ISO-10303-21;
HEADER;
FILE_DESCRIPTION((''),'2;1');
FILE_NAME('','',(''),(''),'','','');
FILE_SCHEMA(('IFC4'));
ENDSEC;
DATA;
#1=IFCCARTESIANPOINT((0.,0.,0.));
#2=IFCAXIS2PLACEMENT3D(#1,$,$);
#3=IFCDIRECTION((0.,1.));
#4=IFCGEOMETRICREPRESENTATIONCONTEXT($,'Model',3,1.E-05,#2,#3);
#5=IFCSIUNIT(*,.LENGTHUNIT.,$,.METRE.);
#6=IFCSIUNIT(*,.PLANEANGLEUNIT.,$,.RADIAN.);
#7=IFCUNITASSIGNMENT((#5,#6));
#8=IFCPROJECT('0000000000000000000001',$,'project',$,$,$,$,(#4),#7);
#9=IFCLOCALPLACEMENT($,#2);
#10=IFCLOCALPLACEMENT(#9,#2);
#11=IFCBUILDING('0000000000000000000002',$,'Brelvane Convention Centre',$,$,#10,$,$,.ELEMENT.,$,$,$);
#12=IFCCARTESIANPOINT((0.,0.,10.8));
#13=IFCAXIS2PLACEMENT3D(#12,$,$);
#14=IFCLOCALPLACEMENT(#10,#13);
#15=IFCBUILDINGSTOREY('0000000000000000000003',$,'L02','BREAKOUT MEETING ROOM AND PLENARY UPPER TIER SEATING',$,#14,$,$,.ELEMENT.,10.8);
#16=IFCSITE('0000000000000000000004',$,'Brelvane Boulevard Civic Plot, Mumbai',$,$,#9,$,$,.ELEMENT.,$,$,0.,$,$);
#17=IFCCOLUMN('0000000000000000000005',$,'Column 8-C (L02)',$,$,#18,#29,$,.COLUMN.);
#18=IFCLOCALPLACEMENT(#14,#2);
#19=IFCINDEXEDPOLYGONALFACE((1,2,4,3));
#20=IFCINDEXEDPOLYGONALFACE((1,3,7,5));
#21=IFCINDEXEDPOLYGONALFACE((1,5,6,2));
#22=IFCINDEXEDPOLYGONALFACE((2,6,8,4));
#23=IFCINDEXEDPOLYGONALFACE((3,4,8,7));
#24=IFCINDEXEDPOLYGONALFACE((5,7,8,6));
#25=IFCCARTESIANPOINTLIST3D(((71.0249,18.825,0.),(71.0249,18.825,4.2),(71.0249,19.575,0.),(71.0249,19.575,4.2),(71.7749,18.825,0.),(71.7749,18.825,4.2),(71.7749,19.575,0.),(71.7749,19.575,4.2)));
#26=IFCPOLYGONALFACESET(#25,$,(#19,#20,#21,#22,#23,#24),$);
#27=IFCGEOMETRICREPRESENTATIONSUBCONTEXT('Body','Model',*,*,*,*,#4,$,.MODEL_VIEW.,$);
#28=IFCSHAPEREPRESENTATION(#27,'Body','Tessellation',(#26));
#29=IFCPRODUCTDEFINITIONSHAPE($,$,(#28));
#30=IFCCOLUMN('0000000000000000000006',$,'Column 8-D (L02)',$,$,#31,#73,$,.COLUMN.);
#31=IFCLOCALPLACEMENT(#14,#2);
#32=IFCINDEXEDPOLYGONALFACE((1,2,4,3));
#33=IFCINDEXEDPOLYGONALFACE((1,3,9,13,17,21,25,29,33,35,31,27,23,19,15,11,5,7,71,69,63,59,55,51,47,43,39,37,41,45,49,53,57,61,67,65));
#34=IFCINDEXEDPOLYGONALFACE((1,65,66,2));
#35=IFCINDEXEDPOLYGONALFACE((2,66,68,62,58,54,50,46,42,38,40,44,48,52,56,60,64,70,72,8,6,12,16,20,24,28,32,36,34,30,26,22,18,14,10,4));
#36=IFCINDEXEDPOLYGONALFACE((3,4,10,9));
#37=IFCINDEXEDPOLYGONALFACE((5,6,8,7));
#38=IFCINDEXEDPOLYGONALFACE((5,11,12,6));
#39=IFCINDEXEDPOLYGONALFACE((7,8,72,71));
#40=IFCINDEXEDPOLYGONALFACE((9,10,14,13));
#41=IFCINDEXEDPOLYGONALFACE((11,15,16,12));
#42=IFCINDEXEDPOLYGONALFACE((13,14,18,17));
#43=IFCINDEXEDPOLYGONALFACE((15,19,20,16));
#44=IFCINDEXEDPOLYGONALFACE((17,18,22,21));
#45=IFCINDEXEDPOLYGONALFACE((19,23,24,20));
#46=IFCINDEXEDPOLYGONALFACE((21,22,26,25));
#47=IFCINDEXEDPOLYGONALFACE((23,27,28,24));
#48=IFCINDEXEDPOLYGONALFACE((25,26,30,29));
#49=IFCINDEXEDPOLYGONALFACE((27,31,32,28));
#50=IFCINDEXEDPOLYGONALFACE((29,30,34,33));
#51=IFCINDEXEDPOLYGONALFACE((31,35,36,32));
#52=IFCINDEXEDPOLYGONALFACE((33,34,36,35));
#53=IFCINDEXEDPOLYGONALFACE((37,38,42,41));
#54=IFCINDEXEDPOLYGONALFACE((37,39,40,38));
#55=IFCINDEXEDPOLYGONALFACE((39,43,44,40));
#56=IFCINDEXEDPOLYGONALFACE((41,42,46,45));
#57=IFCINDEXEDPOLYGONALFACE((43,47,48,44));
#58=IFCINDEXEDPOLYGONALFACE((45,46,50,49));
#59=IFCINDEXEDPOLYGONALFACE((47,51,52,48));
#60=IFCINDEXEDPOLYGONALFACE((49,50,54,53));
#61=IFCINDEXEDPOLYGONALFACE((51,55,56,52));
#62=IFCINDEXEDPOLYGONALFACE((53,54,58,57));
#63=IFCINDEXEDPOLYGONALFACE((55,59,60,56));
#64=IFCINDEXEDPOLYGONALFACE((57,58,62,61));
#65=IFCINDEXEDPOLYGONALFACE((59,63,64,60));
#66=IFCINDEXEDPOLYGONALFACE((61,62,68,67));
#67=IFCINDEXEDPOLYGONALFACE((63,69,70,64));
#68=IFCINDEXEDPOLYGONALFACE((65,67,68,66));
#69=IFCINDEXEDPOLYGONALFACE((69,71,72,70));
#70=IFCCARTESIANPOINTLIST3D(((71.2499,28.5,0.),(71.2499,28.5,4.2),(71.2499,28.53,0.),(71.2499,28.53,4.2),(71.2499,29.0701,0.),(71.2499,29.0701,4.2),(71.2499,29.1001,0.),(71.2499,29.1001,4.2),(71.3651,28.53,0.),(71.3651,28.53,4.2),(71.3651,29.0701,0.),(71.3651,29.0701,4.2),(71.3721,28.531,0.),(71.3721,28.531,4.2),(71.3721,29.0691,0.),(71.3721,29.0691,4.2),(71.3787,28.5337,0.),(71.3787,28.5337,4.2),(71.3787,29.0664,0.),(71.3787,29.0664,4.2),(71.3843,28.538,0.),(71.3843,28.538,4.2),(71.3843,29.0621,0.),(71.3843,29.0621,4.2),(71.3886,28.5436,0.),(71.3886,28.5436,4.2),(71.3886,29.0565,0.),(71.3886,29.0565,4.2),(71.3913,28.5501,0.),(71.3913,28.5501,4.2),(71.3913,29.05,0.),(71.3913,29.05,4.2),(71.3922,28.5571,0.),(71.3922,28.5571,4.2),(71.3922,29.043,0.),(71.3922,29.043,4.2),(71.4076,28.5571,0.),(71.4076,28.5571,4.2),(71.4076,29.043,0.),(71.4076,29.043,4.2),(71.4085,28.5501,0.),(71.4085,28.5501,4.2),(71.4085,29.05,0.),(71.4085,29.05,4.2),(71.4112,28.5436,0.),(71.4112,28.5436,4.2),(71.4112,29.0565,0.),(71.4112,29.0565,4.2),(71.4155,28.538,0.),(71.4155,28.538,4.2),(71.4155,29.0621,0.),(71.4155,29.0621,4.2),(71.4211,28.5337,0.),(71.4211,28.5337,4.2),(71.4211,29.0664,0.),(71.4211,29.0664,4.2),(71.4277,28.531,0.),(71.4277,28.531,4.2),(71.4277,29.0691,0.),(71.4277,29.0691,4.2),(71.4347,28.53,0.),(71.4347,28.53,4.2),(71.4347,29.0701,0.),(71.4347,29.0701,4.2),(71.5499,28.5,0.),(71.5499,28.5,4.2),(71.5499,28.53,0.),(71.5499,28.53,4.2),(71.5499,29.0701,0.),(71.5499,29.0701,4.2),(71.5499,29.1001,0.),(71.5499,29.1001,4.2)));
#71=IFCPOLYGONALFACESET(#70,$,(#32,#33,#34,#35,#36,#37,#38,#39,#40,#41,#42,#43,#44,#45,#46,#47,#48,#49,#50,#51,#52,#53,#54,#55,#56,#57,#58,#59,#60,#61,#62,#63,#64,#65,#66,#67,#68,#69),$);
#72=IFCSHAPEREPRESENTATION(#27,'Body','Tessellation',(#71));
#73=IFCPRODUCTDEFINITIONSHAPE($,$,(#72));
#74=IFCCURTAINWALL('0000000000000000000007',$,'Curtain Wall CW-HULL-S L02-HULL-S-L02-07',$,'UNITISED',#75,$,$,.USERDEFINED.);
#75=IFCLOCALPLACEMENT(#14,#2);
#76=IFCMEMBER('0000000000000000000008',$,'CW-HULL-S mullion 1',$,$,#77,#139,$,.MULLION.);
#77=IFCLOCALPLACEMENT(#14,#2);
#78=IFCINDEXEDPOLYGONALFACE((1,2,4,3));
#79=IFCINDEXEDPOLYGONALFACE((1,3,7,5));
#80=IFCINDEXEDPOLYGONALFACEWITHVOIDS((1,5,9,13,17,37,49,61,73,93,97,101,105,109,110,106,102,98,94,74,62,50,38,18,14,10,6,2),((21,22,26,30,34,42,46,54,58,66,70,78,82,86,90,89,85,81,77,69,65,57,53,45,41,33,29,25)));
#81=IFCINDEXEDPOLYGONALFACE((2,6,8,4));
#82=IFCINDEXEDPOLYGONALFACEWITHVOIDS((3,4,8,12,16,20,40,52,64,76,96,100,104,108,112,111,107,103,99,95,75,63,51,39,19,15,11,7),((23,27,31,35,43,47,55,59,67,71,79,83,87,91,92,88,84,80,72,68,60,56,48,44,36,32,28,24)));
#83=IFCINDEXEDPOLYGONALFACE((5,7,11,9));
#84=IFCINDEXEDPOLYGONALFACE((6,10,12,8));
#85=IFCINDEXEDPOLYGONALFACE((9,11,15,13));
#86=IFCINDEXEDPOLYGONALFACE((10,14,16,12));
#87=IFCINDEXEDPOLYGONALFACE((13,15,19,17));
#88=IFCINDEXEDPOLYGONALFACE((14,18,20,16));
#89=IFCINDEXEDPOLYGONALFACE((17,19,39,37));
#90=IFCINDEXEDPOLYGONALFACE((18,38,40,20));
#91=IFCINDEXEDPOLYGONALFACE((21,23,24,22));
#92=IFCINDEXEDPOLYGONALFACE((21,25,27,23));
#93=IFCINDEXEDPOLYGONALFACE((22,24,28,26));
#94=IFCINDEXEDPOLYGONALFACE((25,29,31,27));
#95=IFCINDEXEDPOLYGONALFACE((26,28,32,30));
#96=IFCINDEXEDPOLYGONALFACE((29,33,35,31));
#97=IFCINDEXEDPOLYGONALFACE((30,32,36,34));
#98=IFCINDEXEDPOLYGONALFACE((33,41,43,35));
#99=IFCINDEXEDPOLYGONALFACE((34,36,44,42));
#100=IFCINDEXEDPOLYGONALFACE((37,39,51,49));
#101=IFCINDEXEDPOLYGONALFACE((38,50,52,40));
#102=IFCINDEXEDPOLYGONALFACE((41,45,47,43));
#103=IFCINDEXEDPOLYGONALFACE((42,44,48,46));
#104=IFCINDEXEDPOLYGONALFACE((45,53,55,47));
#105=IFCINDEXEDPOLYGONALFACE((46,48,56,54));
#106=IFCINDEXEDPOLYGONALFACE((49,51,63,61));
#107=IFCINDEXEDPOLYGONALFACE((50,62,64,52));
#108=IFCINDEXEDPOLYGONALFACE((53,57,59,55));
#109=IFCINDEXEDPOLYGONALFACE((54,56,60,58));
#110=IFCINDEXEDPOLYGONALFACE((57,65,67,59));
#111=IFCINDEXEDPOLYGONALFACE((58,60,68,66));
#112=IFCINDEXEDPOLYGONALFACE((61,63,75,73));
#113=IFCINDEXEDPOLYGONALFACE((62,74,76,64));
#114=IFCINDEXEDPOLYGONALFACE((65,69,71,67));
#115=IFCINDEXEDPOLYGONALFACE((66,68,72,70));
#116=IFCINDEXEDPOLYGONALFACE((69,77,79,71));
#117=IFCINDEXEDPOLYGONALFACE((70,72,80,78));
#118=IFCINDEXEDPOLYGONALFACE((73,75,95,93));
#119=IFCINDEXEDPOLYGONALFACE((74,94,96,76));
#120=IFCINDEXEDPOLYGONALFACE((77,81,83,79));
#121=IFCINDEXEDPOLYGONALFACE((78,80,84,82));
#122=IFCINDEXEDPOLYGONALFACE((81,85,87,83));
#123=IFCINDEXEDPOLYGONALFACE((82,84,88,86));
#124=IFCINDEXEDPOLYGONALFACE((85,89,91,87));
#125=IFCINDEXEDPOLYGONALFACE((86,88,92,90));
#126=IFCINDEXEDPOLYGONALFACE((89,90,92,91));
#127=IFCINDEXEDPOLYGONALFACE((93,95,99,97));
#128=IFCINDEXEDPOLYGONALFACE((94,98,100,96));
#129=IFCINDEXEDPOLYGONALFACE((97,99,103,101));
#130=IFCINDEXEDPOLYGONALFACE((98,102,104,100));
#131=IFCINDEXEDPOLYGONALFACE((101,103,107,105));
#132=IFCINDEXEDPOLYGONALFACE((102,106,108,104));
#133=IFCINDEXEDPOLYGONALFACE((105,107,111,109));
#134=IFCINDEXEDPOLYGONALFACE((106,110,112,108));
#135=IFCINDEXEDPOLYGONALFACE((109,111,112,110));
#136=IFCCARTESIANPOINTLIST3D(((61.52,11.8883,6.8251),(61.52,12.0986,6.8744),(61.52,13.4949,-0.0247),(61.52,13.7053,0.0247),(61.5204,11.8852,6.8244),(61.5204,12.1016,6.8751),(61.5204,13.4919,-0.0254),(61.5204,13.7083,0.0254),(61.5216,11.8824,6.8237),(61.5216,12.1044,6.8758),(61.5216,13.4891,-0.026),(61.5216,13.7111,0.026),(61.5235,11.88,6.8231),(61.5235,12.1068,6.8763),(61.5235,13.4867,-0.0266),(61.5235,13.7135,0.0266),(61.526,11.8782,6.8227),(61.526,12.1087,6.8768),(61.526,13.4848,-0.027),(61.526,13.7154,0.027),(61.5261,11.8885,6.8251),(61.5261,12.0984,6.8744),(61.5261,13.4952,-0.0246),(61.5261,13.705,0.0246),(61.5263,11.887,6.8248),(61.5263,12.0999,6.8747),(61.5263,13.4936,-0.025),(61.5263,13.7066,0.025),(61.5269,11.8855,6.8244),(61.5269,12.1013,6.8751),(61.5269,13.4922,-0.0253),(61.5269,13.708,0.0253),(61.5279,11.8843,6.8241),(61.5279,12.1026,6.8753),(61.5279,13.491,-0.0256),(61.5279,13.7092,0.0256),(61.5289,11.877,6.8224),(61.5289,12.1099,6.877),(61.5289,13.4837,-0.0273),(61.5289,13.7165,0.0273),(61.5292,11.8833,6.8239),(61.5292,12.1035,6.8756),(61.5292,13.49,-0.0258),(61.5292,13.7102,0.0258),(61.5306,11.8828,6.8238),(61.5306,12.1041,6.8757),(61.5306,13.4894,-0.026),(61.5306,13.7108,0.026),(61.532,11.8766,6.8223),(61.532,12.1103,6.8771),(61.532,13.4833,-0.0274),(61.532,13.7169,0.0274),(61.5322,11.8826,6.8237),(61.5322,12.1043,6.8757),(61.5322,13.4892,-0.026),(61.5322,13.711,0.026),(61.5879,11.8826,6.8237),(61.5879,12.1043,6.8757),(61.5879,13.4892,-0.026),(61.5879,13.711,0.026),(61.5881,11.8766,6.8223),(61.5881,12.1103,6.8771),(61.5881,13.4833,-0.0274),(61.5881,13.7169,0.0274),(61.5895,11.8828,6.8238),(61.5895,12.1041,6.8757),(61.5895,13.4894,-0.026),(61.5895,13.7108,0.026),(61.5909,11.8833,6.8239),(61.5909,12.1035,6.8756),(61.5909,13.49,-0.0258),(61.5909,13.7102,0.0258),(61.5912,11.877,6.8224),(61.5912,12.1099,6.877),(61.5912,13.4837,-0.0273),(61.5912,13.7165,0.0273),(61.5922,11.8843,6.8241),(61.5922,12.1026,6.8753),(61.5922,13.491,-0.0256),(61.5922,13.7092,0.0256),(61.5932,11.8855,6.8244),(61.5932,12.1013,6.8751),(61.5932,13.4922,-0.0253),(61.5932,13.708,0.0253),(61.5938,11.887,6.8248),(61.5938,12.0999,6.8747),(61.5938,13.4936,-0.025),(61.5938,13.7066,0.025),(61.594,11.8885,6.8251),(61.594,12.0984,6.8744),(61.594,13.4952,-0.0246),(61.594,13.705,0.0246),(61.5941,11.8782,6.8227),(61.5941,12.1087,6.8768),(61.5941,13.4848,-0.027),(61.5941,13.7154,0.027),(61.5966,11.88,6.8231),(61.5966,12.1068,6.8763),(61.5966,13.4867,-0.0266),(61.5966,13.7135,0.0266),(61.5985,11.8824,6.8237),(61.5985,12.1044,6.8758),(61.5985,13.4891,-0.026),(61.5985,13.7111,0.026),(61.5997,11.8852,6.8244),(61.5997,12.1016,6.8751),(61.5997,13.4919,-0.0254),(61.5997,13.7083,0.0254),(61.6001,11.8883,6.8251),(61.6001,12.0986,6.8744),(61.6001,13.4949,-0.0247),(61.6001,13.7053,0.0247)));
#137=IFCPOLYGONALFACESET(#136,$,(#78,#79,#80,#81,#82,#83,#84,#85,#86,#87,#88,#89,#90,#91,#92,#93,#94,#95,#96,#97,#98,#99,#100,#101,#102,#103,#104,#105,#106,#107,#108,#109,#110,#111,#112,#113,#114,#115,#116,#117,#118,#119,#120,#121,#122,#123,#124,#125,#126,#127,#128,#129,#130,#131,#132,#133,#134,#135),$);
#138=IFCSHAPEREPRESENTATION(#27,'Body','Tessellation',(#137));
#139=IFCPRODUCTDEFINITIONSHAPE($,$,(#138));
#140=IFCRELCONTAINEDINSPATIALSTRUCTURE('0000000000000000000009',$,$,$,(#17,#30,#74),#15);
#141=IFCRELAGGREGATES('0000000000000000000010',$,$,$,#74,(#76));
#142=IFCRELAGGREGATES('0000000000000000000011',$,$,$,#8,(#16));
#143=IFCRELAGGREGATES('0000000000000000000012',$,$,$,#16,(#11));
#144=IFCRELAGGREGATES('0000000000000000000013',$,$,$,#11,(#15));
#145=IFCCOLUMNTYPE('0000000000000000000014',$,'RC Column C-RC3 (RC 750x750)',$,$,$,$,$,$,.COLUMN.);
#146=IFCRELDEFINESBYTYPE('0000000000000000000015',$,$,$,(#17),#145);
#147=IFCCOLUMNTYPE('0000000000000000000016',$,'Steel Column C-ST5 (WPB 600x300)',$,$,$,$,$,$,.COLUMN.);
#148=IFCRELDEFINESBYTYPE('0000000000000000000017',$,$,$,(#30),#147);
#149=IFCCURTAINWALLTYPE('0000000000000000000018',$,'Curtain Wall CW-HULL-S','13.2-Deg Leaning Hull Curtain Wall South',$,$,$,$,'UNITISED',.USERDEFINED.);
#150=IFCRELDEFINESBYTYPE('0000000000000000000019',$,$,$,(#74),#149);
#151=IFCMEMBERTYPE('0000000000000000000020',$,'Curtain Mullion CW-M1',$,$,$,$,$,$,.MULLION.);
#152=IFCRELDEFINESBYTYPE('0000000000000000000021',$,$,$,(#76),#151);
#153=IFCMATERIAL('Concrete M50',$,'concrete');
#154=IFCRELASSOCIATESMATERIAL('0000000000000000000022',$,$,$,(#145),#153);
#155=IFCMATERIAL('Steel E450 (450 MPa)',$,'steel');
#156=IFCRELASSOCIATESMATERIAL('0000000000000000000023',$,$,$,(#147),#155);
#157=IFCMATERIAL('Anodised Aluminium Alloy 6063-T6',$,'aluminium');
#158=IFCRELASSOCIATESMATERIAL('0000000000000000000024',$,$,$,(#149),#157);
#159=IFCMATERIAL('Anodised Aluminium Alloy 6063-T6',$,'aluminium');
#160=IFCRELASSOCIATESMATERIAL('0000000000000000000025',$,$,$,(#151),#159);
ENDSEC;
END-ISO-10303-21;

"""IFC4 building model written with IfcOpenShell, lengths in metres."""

from ifc_helpers import new_model, si_unit, direction, frame, origin, origin_2d, place, context, subcontext, project, spatial, rectangle, hollow_rectangle, i_section, extrude, material, material_profile, profile_set, type_object, element, aggregate, save


model = new_model("IFC4")

# Units and contexts
model_context = context("Model", 3, precision=1e-05, world=origin(), true_north=direction((0.0, 1.0)))
body_context = subcontext(model_context, "Body", "Model", "MODEL_VIEW")
ifc_project = project(units=[si_unit("LENGTHUNIT", "METRE"), si_unit("PLANEANGLEUNIT", "RADIAN")], contexts=[model_context])

# Site, building, storey
site_placement = place(None, origin())
site = spatial("IfcSite", under=ifc_project, at=site_placement, Name="Brelvane Boulevard Civic Plot, Mumbai", CompositionType="ELEMENT", RefElevation=0.0)
building_placement = place(site_placement, origin())
building = spatial("IfcBuilding", under=site, at=building_placement, Name="Brelvane Convention Centre", CompositionType="ELEMENT")
storey_placement = place(building_placement, frame((0.0, 0.0, 10.8)))
storey = spatial("IfcBuildingStorey", under=building, at=storey_placement, Name="L02", Description="BREAKOUT MEETING ROOM AND PLENARY UPPER TIER SEATING", CompositionType="ELEMENT", Elevation=10.8)

# Columns
ifc_material_1 = material(Name="Concrete M50", Category="concrete")
ifc_material_profile_1 = material_profile(ifc_material_1, rectangle(XDim=0.75, YDim=0.75, at=origin_2d()), Name="RC 750x750")
ifc_profile_set_1 = profile_set([ifc_material_profile_1], Name="Concrete M50")
column_type_1 = type_object("IfcColumnType", Name="RC Column C-RC3 (RC 750x750)", PredefinedType="COLUMN", material=ifc_profile_set_1)
column_1_placement = place(storey_placement, frame((71.3999, 19.2, 0.0), z_axis=(0.0, 0.0, 1.0), x_axis=(1.0, 0.0, 0.0)))
element("IfcColumn", 1, at=column_1_placement, inside=storey, type_object=column_type_1, Name="Column 8-C (L02)", PredefinedType="COLUMN", context=body_context, shape_type="SweptSolid", body=[
    extrude(rectangle(XDim=0.75, YDim=0.75, at=origin_2d()), origin(), (0.0, 0.0, 1.0), 4.2),
])
ifc_material_2 = material(Name="Steel E450 (450 MPa)", Category="steel")
ifc_material_profile_2 = material_profile(ifc_material_2, i_section(OverallWidth=0.3, OverallDepth=0.6001, WebThickness=0.0154, FlangeThickness=0.03, FilletRadius=0.0271, at=origin_2d()), Name="WPB 600x300")
ifc_profile_set_2 = profile_set([ifc_material_profile_2], Name="Steel E450 (450 MPa)")
column_type_2 = type_object("IfcColumnType", Name="Steel Column C-ST5 (WPB 600x300)", PredefinedType="COLUMN", material=ifc_profile_set_2)
column_2_placement = place(storey_placement, frame((71.3999, 28.8, 0.0), z_axis=(0.0, 0.0, 1.0), x_axis=(1.0, 0.0, 0.0)))
element("IfcColumn", 2, at=column_2_placement, inside=storey, type_object=column_type_2, Name="Column 8-D (L02)", PredefinedType="COLUMN", context=body_context, shape_type="SweptSolid", body=[
    extrude(i_section(OverallWidth=0.3, OverallDepth=0.6001, WebThickness=0.0154, FlangeThickness=0.03, FilletRadius=0.0271, at=origin_2d()), origin(), (0.0, 0.0, 1.0), 4.2),
])

# Curtain wall, member
ifc_material_3 = material(Name="Anodised Aluminium Alloy 6063-T6", Category="aluminium")
curtain_wall_type = type_object("IfcCurtainWallType", Name="Curtain Wall CW-HULL-S", Description="13.2-Deg Leaning Hull Curtain Wall South", ElementType="UNITISED", PredefinedType="USERDEFINED", material=ifc_material_3)
curtain_wall_1_placement = place(storey_placement, origin())
curtain_wall_1 = element("IfcCurtainWall", 3, at=curtain_wall_1_placement, inside=storey, type_object=curtain_wall_type, Name="Curtain Wall CW-HULL-S L02-HULL-S-L02-07", ObjectType="UNITISED", PredefinedType="USERDEFINED")
ifc_material_4 = material(Name="Anodised Aluminium Alloy 6063-T6", Category="aluminium")
ifc_material_profile_3 = material_profile(ifc_material_4, hollow_rectangle(XDim=0.0801, YDim=0.24, WallThickness=0.0061, InnerFilletRadius=0.0061, OuterFilletRadius=0.012, at=origin_2d()), Name="ALU-M 240x80x6.0")
ifc_profile_set_3 = profile_set([ifc_material_profile_3], Name="Anodised Aluminium Alloy 6063-T6")
member_type_1 = type_object("IfcMemberType", Name="Curtain Mullion CW-M1", PredefinedType="MULLION", material=ifc_profile_set_3)
member_1_placement = place(storey_placement, frame((61.5601, 13.6001, 0.0), z_axis=(0.0, -0.22836, 0.973577), x_axis=(1.0, 0.0, 0.0)))
member_1 = element("IfcMember", 4, at=member_1_placement, type_object=member_type_1, Name="CW-HULL-S mullion 1", PredefinedType="MULLION", context=body_context, shape_type="SweptSolid", body=[
    extrude(hollow_rectangle(XDim=0.0801, YDim=0.24, WallThickness=0.0061, InnerFilletRadius=0.0061, OuterFilletRadius=0.012, at=origin_2d()), origin(), (0.0, 0.0, 1.0), 7.0356),
])

aggregate(curtain_wall_1, [member_1])

save(model, "model.ifc")
